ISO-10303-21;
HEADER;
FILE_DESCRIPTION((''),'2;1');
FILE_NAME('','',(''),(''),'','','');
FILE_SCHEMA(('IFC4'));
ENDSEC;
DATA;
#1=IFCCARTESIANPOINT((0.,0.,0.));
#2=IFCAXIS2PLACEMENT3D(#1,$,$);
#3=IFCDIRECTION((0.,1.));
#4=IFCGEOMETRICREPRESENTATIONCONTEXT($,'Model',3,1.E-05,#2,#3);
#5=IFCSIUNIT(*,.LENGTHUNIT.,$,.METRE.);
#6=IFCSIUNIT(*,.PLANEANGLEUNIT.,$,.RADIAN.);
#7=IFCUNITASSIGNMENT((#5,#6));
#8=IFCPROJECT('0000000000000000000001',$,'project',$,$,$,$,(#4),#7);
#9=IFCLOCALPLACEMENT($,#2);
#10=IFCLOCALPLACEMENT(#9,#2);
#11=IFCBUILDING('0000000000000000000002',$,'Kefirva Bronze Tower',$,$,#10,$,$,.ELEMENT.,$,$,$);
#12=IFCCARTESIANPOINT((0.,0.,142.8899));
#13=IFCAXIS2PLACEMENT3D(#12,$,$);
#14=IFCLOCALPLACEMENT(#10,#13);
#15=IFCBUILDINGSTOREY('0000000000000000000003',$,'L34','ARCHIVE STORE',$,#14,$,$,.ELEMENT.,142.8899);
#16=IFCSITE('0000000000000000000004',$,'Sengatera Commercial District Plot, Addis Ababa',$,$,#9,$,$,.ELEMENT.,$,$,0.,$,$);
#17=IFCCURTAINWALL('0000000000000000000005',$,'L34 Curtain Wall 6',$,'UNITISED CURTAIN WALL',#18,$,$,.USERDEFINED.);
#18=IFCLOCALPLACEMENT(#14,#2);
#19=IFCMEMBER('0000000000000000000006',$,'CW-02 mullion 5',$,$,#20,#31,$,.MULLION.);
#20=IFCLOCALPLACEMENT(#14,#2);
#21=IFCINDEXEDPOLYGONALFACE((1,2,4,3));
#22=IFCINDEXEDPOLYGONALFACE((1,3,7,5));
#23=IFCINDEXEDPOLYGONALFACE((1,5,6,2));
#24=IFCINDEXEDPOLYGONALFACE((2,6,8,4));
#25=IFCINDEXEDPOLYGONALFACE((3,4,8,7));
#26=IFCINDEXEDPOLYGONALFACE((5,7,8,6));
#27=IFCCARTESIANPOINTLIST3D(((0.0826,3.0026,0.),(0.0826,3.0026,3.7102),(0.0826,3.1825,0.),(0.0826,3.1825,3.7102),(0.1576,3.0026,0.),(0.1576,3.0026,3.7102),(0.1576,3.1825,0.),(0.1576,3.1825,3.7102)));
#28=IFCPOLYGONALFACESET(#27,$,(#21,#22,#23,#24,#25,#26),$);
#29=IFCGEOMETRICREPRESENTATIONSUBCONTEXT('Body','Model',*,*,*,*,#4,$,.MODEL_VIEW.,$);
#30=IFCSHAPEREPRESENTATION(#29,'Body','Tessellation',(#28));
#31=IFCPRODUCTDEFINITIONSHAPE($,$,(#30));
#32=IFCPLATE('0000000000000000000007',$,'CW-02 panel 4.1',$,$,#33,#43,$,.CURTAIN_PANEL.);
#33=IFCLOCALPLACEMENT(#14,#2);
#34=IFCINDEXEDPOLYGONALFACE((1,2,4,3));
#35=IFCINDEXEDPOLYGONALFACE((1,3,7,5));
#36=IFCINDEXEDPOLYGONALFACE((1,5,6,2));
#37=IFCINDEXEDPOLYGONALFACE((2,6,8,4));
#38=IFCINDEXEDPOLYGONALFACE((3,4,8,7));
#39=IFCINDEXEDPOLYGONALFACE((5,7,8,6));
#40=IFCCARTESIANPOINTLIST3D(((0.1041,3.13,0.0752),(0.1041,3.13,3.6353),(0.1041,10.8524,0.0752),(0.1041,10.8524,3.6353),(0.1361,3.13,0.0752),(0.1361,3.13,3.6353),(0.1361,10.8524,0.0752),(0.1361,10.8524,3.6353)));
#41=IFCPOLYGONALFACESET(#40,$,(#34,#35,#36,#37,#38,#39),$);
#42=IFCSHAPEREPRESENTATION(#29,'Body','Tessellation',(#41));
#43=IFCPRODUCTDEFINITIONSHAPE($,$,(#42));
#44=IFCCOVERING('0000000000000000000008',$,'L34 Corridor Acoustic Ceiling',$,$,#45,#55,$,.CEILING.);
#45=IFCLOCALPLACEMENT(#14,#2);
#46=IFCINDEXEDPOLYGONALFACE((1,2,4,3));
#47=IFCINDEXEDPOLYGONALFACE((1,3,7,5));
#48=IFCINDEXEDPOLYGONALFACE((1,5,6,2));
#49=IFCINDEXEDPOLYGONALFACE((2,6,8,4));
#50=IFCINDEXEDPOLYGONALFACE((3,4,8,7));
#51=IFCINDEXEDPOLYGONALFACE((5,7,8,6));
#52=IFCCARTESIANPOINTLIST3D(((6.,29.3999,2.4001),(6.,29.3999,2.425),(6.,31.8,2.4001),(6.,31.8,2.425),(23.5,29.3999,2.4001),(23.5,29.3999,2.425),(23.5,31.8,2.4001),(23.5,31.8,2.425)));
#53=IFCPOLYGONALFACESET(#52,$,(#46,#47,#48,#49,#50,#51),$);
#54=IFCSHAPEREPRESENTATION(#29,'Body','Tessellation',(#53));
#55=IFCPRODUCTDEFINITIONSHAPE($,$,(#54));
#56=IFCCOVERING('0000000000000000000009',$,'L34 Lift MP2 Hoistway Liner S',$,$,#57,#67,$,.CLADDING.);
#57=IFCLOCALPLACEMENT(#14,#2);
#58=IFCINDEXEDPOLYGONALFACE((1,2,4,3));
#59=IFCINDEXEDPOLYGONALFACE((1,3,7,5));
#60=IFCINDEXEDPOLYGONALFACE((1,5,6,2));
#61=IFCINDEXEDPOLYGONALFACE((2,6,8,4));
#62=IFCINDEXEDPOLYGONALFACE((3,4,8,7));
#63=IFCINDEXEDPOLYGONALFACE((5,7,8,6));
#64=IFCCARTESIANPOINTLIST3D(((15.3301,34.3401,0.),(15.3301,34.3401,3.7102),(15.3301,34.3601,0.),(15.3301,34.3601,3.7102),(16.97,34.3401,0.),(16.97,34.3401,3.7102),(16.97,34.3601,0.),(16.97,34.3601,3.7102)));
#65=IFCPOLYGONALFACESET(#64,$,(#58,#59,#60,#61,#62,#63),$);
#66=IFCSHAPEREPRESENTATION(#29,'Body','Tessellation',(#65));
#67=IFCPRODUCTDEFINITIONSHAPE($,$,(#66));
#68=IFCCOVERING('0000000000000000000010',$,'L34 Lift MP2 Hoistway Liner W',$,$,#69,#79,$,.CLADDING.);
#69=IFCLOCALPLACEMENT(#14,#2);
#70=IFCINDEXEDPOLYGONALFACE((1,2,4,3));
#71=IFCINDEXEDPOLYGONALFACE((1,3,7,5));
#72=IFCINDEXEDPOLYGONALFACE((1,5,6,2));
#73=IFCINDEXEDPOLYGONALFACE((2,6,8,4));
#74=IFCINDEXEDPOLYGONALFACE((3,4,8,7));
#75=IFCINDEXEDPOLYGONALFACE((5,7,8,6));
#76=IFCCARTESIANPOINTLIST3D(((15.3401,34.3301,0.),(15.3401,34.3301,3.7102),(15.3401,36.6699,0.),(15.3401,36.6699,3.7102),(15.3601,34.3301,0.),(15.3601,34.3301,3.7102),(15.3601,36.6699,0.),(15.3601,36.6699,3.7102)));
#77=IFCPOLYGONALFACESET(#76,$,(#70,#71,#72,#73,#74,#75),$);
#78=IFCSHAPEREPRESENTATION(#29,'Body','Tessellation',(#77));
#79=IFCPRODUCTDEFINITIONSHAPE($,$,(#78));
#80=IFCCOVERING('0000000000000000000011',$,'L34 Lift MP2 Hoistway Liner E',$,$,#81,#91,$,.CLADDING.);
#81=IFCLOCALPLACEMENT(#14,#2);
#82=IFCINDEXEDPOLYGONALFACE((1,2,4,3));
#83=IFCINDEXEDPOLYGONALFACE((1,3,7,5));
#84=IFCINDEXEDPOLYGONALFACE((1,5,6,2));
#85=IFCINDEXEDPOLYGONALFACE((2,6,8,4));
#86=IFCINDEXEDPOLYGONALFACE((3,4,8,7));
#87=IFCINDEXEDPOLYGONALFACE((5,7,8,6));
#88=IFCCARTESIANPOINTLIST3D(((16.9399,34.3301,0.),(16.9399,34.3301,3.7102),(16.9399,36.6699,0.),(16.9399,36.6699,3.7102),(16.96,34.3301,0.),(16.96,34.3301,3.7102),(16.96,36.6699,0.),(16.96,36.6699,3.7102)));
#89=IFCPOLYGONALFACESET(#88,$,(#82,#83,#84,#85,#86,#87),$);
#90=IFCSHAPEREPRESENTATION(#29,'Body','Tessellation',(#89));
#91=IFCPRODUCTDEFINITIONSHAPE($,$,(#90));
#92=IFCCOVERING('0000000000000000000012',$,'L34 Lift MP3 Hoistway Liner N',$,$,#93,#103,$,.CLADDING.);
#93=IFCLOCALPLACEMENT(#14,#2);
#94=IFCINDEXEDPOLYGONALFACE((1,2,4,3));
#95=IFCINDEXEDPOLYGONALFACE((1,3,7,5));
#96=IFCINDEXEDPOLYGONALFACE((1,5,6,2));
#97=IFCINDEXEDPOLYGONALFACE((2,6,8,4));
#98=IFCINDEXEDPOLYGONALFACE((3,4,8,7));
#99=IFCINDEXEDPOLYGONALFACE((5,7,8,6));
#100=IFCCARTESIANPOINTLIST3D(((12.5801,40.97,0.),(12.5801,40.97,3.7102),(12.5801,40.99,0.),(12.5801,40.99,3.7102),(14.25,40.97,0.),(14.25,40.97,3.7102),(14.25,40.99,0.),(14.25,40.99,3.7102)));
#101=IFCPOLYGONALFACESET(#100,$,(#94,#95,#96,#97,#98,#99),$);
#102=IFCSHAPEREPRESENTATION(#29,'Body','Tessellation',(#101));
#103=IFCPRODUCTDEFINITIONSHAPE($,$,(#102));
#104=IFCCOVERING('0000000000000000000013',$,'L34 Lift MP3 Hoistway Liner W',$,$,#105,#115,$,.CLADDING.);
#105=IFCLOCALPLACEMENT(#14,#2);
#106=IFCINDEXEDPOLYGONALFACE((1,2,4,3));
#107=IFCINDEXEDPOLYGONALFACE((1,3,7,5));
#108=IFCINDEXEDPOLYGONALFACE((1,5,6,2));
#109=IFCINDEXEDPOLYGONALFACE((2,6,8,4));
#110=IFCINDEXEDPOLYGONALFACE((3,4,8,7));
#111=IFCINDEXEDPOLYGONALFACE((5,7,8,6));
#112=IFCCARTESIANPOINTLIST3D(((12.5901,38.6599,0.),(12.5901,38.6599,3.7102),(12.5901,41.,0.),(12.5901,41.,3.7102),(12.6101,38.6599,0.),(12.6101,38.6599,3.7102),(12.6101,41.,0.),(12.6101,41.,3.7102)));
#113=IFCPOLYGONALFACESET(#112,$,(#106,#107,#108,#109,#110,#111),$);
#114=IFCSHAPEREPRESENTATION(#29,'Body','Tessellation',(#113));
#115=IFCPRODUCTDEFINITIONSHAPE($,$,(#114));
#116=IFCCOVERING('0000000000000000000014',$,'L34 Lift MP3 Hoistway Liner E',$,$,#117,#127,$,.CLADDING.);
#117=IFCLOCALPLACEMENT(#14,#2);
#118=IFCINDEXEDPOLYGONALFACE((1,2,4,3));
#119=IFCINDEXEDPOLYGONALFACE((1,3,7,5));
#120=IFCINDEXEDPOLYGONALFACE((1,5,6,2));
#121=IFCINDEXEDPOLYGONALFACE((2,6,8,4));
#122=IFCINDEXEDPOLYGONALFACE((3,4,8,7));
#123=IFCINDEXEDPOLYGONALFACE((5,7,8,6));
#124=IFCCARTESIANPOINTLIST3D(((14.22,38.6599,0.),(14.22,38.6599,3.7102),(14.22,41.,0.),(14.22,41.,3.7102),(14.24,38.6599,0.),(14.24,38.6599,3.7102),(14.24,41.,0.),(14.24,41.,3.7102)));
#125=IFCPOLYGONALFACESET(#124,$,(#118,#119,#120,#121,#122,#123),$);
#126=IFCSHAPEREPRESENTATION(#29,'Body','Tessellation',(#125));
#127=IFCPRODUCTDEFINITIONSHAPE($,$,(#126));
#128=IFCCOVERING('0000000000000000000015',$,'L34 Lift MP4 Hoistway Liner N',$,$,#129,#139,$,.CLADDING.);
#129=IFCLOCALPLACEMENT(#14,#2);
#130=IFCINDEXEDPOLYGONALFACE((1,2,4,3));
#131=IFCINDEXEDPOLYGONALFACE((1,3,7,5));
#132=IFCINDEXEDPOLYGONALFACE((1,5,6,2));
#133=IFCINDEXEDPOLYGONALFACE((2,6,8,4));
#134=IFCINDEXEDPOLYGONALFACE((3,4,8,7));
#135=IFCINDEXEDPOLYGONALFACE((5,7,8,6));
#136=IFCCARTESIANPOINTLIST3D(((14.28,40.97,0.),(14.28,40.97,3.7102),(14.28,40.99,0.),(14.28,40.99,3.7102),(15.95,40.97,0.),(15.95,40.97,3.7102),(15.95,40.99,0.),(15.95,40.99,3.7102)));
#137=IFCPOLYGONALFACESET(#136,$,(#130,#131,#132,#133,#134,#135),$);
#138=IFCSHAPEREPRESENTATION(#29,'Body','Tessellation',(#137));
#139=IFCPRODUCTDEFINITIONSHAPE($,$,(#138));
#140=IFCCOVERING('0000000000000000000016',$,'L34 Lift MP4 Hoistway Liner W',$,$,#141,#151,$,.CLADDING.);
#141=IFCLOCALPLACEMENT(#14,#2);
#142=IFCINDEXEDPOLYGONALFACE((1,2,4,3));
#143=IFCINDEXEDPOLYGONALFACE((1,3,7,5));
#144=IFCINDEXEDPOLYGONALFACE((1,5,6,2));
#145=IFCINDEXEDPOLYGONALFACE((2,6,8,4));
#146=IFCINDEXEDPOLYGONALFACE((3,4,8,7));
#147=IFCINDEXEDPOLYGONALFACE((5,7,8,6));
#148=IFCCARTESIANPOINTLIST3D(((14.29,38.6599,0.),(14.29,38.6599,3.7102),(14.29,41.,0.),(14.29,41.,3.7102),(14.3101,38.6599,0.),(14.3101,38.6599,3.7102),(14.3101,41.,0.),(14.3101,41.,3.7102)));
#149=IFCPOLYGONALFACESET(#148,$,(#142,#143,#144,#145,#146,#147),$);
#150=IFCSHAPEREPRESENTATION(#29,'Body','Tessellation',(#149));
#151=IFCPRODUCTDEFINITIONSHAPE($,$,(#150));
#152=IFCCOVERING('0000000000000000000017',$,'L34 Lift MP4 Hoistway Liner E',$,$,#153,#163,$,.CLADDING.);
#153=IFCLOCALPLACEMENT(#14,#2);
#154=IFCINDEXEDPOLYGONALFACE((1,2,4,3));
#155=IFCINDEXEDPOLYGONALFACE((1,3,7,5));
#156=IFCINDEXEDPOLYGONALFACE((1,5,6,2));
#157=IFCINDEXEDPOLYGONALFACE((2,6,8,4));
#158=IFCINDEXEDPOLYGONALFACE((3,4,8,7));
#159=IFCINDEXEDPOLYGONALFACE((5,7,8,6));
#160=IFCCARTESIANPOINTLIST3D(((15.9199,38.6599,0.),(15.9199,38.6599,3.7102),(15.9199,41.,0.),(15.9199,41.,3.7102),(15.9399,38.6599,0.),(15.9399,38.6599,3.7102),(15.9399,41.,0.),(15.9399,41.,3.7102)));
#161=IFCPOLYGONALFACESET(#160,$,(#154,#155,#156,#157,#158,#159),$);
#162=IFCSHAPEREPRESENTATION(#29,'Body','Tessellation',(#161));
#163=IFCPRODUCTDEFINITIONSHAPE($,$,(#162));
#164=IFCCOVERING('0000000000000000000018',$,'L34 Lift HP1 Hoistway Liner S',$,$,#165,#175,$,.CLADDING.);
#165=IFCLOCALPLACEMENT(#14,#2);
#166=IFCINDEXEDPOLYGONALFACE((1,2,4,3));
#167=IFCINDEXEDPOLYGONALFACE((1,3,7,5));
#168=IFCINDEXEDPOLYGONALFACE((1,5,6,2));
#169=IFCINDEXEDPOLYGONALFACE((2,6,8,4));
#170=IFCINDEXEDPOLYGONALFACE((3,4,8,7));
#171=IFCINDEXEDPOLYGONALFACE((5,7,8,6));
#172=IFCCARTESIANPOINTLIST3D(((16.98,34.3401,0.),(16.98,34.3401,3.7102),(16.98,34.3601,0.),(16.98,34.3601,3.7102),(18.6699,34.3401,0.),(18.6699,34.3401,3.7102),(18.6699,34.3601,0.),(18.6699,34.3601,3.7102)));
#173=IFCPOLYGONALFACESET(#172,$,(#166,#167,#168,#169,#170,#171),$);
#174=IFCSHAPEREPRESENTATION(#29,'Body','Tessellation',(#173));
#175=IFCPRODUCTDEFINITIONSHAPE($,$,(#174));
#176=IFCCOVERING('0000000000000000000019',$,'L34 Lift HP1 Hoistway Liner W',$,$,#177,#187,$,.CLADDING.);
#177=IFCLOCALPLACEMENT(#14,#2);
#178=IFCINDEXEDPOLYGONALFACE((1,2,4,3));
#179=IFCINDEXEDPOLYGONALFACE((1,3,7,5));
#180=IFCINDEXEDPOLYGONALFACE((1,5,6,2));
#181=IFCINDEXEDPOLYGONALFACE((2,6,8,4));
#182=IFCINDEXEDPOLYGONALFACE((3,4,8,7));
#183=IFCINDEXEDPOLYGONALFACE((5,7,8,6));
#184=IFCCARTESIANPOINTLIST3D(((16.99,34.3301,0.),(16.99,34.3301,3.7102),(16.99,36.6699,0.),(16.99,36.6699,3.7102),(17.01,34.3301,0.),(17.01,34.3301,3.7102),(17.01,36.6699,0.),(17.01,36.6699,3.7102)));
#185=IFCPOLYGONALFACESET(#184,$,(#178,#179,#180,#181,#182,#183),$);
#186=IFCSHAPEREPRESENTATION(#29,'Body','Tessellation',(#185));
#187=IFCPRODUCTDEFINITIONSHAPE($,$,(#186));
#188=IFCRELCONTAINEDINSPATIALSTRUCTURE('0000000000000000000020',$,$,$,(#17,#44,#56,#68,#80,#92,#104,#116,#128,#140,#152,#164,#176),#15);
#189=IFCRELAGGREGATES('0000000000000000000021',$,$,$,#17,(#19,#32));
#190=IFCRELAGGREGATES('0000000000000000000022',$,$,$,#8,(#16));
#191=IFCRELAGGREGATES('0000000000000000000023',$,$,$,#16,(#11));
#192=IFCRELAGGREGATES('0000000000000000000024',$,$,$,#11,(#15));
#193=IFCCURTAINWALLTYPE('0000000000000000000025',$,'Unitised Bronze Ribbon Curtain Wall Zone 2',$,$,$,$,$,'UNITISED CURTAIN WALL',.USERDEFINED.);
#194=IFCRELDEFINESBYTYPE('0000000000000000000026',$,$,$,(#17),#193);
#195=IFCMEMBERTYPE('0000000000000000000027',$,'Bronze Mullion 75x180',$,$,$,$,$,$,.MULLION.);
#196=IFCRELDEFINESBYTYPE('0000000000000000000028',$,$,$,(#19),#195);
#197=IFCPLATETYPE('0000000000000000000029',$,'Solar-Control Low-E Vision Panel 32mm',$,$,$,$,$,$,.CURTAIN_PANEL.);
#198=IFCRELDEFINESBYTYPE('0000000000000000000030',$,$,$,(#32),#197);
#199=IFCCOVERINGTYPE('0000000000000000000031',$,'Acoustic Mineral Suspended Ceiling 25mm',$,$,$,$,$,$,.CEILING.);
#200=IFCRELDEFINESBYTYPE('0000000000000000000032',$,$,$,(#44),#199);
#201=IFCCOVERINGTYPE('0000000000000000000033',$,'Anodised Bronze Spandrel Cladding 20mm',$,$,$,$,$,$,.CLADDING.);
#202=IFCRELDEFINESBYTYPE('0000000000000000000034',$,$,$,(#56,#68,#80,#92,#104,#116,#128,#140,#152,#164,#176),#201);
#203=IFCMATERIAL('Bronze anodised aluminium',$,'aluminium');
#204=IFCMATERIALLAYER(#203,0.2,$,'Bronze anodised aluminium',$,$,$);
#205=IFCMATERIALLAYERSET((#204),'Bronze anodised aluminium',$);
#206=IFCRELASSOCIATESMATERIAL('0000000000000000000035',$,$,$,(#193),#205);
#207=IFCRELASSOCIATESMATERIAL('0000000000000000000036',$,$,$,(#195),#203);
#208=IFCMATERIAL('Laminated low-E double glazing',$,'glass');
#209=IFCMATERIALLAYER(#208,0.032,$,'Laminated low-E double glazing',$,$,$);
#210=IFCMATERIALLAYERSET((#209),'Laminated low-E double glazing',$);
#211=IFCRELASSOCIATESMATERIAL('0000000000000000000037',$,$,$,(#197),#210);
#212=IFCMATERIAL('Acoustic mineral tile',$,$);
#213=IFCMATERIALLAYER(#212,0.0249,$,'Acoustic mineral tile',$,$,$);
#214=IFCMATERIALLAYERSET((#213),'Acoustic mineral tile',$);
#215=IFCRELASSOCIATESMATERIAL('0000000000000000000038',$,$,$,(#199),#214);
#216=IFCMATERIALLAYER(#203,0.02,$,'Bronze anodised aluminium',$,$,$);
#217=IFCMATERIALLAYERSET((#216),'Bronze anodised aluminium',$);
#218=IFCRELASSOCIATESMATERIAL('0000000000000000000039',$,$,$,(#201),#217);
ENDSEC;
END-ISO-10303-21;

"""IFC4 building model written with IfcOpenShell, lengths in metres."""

from ifc_helpers import new_model, si_unit, direction, frame, origin, origin_2d, place, context, subcontext, project, spatial, polyline, rectangle, outline, extrude, material, layer, layer_set, material_profile, profile_set, type_object, element, aggregate, save


model = new_model("IFC4")

# Units and contexts
model_context = context("Model", 3, precision=1e-05, world=origin(), true_north=direction((0.0, 1.0)))
body_context = subcontext(model_context, "Body", "Model", "MODEL_VIEW")
ifc_project = project(units=[si_unit("LENGTHUNIT", "METRE"), si_unit("PLANEANGLEUNIT", "RADIAN")], contexts=[model_context])

# Site, building, storey
site_placement = place(None, origin())
site = spatial("IfcSite", under=ifc_project, at=site_placement, Name="Sengatera Commercial District Plot, Addis Ababa", CompositionType="ELEMENT", RefElevation=0.0)
building_placement = place(site_placement, origin())
building = spatial("IfcBuilding", under=site, at=building_placement, Name="Kefirva Bronze Tower", CompositionType="ELEMENT")
storey_placement = place(building_placement, frame((0.0, 0.0, 142.8899)))
storey = spatial("IfcBuildingStorey", under=building, at=storey_placement, Name="L34", Description="ARCHIVE STORE", CompositionType="ELEMENT", Elevation=142.8899)

# Curtain wall, member, plate
ifc_material_1 = material(Name="Bronze anodised aluminium", Category="aluminium")
ifc_layer_1 = layer(ifc_material_1, 0.2, Name="Bronze anodised aluminium")
ifc_layer_set_1 = layer_set([ifc_layer_1], Name="Bronze anodised aluminium")
curtain_wall_type = type_object("IfcCurtainWallType", Name="Unitised Bronze Ribbon Curtain Wall Zone 2", ElementType="UNITISED CURTAIN WALL", PredefinedType="USERDEFINED", material=ifc_layer_set_1)
curtain_wall_placement = place(storey_placement, origin())
curtain_wall = element("IfcCurtainWall", 1, at=curtain_wall_placement, inside=storey, type_object=curtain_wall_type, Name="L34 Curtain Wall 6", ObjectType="UNITISED CURTAIN WALL", PredefinedType="USERDEFINED")
ifc_material_profile = material_profile(ifc_material_1, rectangle(XDim=0.075, YDim=0.1799, at=origin_2d()), Name="ALU 75x180")
ifc_profile_set = profile_set([ifc_material_profile], Name="Bronze anodised aluminium")
member_type = type_object("IfcMemberType", Name="Bronze Mullion 75x180", PredefinedType="MULLION", material=ifc_profile_set)
member_placement = place(storey_placement, frame((0.1201, 3.0925, 0.0), z_axis=(0.0, 0.0, 1.0), x_axis=(1.0, 0.0, 0.0)))
member = element("IfcMember", 2, at=member_placement, type_object=member_type, Name="CW-02 mullion 5", PredefinedType="MULLION", context=body_context, shape_type="SweptSolid", body=[
    extrude(rectangle(XDim=0.075, YDim=0.1799, at=origin_2d()), origin(), (0.0, 0.0, 1.0), 3.7102),
])
ifc_material_2 = material(Name="Laminated low-E double glazing", Category="glass")
ifc_layer_2 = layer(ifc_material_2, 0.032, Name="Laminated low-E double glazing")
ifc_layer_set_2 = layer_set([ifc_layer_2], Name="Laminated low-E double glazing")
plate_type = type_object("IfcPlateType", Name="Solar-Control Low-E Vision Panel 32mm", PredefinedType="CURTAIN_PANEL", material=ifc_layer_set_2)
plate_placement = place(storey_placement, frame((0.1201, 6.9912, 0.0752), z_axis=(0.0, 0.0, 1.0), x_axis=(0.0, -1.0, 0.0)))
plate = element("IfcPlate", 3, at=plate_placement, type_object=plate_type, Name="CW-02 panel 4.1", PredefinedType="CURTAIN_PANEL", context=body_context, shape_type="SweptSolid", body=[
    extrude(rectangle(XDim=7.7224, YDim=0.032, at=origin_2d()), origin(), (0.0, 0.0, 1.0), 3.5601),
])
aggregate(curtain_wall, [member, plate])

# Coverings
ifc_material_3 = material(Name="Acoustic mineral tile")
ifc_layer_3 = layer(ifc_material_3, 0.0249, Name="Acoustic mineral tile")
ifc_layer_set_3 = layer_set([ifc_layer_3], Name="Acoustic mineral tile")
covering_type_1 = type_object("IfcCoveringType", Name="Acoustic Mineral Suspended Ceiling 25mm", PredefinedType="CEILING", material=ifc_layer_set_3)
covering_1_placement = place(storey_placement, frame((0.0, 0.0, 2.4001)))
element("IfcCovering", 4, at=covering_1_placement, inside=storey, type_object=covering_type_1, Name="L34 Corridor Acoustic Ceiling", PredefinedType="CEILING", context=body_context, shape_type="SweptSolid", body=[
    extrude(outline(polyline([(6.0, 29.3999), (23.5, 29.3999), (23.5, 31.8), (6.0, 31.8), (6.0, 29.3999)])), origin(), (0.0, 0.0, 1.0), 0.0249),
])
ifc_layer_4 = layer(ifc_material_1, 0.02, Name="Bronze anodised aluminium")
ifc_layer_set_4 = layer_set([ifc_layer_4], Name="Bronze anodised aluminium")
covering_type_2 = type_object("IfcCoveringType", Name="Anodised Bronze Spandrel Cladding 20mm", PredefinedType="CLADDING", material=ifc_layer_set_4)
covering_2_placement = place(storey_placement, origin())
element("IfcCovering", 5, at=covering_2_placement, inside=storey, type_object=covering_type_2, Name="L34 Lift MP2 Hoistway Liner S", PredefinedType="CLADDING", context=body_context, shape_type="SweptSolid", body=[
    extrude(outline(polyline([(15.3301, 34.3401), (16.97, 34.3401), (16.97, 34.3601), (15.3301, 34.3601), (15.3301, 34.3401)])), origin(), (0.0, 0.0, 1.0), 3.7102),
])
covering_3_placement = place(storey_placement, origin())
element("IfcCovering", 6, at=covering_3_placement, inside=storey, type_object=covering_type_2, Name="L34 Lift MP2 Hoistway Liner W", PredefinedType="CLADDING", context=body_context, shape_type="SweptSolid", body=[
    extrude(outline(polyline([(15.3401, 34.3301), (15.3601, 34.3301), (15.3601, 36.6699), (15.3401, 36.6699), (15.3401, 34.3301)])), origin(), (0.0, 0.0, 1.0), 3.7102),
])
covering_4_placement = place(storey_placement, origin())
element("IfcCovering", 7, at=covering_4_placement, inside=storey, type_object=covering_type_2, Name="L34 Lift MP2 Hoistway Liner E", PredefinedType="CLADDING", context=body_context, shape_type="SweptSolid", body=[
    extrude(outline(polyline([(16.9399, 34.3301), (16.96, 34.3301), (16.96, 36.6699), (16.9399, 36.6699), (16.9399, 34.3301)])), origin(), (0.0, 0.0, 1.0), 3.7102),
])
covering_5_placement = place(storey_placement, origin())
element("IfcCovering", 8, at=covering_5_placement, inside=storey, type_object=covering_type_2, Name="L34 Lift MP3 Hoistway Liner N", PredefinedType="CLADDING", context=body_context, shape_type="SweptSolid", body=[
    extrude(outline(polyline([(12.5801, 40.97), (14.25, 40.97), (14.25, 40.99), (12.5801, 40.99), (12.5801, 40.97)])), origin(), (0.0, 0.0, 1.0), 3.7102),
])
covering_6_placement = place(storey_placement, origin())
element("IfcCovering", 9, at=covering_6_placement, inside=storey, type_object=covering_type_2, Name="L34 Lift MP3 Hoistway Liner W", PredefinedType="CLADDING", context=body_context, shape_type="SweptSolid", body=[
    extrude(outline(polyline([(12.5901, 38.6599), (12.6101, 38.6599), (12.6101, 41.0), (12.5901, 41.0), (12.5901, 38.6599)])), origin(), (0.0, 0.0, 1.0), 3.7102),
])
covering_7_placement = place(storey_placement, origin())
element("IfcCovering", 10, at=covering_7_placement, inside=storey, type_object=covering_type_2, Name="L34 Lift MP3 Hoistway Liner E", PredefinedType="CLADDING", context=body_context, shape_type="SweptSolid", body=[
    extrude(outline(polyline([(14.22, 38.6599), (14.24, 38.6599), (14.24, 41.0), (14.22, 41.0), (14.22, 38.6599)])), origin(), (0.0, 0.0, 1.0), 3.7102),
])
covering_8_placement = place(storey_placement, origin())
element("IfcCovering", 11, at=covering_8_placement, inside=storey, type_object=covering_type_2, Name="L34 Lift MP4 Hoistway Liner N", PredefinedType="CLADDING", context=body_context, shape_type="SweptSolid", body=[
    extrude(outline(polyline([(14.28, 40.97), (15.95, 40.97), (15.95, 40.99), (14.28, 40.99), (14.28, 40.97)])), origin(), (0.0, 0.0, 1.0), 3.7102),
])
covering_9_placement = place(storey_placement, origin())
element("IfcCovering", 12, at=covering_9_placement, inside=storey, type_object=covering_type_2, Name="L34 Lift MP4 Hoistway Liner W", PredefinedType="CLADDING", context=body_context, shape_type="SweptSolid", body=[
    extrude(outline(polyline([(14.29, 38.6599), (14.3101, 38.6599), (14.3101, 41.0), (14.29, 41.0), (14.29, 38.6599)])), origin(), (0.0, 0.0, 1.0), 3.7102),
])
covering_10_placement = place(storey_placement, origin())
element("IfcCovering", 13, at=covering_10_placement, inside=storey, type_object=covering_type_2, Name="L34 Lift MP4 Hoistway Liner E", PredefinedType="CLADDING", context=body_context, shape_type="SweptSolid", body=[
    extrude(outline(polyline([(15.9199, 38.6599), (15.9399, 38.6599), (15.9399, 41.0), (15.9199, 41.0), (15.9199, 38.6599)])), origin(), (0.0, 0.0, 1.0), 3.7102),
])
covering_11_placement = place(storey_placement, origin())
element("IfcCovering", 14, at=covering_11_placement, inside=storey, type_object=covering_type_2, Name="L34 Lift HP1 Hoistway Liner S", PredefinedType="CLADDING", context=body_context, shape_type="SweptSolid", body=[
    extrude(outline(polyline([(16.98, 34.3401), (18.6699, 34.3401), (18.6699, 34.3601), (16.98, 34.3601), (16.98, 34.3401)])), origin(), (0.0, 0.0, 1.0), 3.7102),
])
covering_12_placement = place(storey_placement, origin())
element("IfcCovering", 15, at=covering_12_placement, inside=storey, type_object=covering_type_2, Name="L34 Lift HP1 Hoistway Liner W", PredefinedType="CLADDING", context=body_context, shape_type="SweptSolid", body=[
    extrude(outline(polyline([(16.99, 34.3301), (17.01, 34.3301), (17.01, 36.6699), (16.99, 36.6699), (16.99, 34.3301)])), origin(), (0.0, 0.0, 1.0), 3.7102),
])

save(model, "model.ifc")
